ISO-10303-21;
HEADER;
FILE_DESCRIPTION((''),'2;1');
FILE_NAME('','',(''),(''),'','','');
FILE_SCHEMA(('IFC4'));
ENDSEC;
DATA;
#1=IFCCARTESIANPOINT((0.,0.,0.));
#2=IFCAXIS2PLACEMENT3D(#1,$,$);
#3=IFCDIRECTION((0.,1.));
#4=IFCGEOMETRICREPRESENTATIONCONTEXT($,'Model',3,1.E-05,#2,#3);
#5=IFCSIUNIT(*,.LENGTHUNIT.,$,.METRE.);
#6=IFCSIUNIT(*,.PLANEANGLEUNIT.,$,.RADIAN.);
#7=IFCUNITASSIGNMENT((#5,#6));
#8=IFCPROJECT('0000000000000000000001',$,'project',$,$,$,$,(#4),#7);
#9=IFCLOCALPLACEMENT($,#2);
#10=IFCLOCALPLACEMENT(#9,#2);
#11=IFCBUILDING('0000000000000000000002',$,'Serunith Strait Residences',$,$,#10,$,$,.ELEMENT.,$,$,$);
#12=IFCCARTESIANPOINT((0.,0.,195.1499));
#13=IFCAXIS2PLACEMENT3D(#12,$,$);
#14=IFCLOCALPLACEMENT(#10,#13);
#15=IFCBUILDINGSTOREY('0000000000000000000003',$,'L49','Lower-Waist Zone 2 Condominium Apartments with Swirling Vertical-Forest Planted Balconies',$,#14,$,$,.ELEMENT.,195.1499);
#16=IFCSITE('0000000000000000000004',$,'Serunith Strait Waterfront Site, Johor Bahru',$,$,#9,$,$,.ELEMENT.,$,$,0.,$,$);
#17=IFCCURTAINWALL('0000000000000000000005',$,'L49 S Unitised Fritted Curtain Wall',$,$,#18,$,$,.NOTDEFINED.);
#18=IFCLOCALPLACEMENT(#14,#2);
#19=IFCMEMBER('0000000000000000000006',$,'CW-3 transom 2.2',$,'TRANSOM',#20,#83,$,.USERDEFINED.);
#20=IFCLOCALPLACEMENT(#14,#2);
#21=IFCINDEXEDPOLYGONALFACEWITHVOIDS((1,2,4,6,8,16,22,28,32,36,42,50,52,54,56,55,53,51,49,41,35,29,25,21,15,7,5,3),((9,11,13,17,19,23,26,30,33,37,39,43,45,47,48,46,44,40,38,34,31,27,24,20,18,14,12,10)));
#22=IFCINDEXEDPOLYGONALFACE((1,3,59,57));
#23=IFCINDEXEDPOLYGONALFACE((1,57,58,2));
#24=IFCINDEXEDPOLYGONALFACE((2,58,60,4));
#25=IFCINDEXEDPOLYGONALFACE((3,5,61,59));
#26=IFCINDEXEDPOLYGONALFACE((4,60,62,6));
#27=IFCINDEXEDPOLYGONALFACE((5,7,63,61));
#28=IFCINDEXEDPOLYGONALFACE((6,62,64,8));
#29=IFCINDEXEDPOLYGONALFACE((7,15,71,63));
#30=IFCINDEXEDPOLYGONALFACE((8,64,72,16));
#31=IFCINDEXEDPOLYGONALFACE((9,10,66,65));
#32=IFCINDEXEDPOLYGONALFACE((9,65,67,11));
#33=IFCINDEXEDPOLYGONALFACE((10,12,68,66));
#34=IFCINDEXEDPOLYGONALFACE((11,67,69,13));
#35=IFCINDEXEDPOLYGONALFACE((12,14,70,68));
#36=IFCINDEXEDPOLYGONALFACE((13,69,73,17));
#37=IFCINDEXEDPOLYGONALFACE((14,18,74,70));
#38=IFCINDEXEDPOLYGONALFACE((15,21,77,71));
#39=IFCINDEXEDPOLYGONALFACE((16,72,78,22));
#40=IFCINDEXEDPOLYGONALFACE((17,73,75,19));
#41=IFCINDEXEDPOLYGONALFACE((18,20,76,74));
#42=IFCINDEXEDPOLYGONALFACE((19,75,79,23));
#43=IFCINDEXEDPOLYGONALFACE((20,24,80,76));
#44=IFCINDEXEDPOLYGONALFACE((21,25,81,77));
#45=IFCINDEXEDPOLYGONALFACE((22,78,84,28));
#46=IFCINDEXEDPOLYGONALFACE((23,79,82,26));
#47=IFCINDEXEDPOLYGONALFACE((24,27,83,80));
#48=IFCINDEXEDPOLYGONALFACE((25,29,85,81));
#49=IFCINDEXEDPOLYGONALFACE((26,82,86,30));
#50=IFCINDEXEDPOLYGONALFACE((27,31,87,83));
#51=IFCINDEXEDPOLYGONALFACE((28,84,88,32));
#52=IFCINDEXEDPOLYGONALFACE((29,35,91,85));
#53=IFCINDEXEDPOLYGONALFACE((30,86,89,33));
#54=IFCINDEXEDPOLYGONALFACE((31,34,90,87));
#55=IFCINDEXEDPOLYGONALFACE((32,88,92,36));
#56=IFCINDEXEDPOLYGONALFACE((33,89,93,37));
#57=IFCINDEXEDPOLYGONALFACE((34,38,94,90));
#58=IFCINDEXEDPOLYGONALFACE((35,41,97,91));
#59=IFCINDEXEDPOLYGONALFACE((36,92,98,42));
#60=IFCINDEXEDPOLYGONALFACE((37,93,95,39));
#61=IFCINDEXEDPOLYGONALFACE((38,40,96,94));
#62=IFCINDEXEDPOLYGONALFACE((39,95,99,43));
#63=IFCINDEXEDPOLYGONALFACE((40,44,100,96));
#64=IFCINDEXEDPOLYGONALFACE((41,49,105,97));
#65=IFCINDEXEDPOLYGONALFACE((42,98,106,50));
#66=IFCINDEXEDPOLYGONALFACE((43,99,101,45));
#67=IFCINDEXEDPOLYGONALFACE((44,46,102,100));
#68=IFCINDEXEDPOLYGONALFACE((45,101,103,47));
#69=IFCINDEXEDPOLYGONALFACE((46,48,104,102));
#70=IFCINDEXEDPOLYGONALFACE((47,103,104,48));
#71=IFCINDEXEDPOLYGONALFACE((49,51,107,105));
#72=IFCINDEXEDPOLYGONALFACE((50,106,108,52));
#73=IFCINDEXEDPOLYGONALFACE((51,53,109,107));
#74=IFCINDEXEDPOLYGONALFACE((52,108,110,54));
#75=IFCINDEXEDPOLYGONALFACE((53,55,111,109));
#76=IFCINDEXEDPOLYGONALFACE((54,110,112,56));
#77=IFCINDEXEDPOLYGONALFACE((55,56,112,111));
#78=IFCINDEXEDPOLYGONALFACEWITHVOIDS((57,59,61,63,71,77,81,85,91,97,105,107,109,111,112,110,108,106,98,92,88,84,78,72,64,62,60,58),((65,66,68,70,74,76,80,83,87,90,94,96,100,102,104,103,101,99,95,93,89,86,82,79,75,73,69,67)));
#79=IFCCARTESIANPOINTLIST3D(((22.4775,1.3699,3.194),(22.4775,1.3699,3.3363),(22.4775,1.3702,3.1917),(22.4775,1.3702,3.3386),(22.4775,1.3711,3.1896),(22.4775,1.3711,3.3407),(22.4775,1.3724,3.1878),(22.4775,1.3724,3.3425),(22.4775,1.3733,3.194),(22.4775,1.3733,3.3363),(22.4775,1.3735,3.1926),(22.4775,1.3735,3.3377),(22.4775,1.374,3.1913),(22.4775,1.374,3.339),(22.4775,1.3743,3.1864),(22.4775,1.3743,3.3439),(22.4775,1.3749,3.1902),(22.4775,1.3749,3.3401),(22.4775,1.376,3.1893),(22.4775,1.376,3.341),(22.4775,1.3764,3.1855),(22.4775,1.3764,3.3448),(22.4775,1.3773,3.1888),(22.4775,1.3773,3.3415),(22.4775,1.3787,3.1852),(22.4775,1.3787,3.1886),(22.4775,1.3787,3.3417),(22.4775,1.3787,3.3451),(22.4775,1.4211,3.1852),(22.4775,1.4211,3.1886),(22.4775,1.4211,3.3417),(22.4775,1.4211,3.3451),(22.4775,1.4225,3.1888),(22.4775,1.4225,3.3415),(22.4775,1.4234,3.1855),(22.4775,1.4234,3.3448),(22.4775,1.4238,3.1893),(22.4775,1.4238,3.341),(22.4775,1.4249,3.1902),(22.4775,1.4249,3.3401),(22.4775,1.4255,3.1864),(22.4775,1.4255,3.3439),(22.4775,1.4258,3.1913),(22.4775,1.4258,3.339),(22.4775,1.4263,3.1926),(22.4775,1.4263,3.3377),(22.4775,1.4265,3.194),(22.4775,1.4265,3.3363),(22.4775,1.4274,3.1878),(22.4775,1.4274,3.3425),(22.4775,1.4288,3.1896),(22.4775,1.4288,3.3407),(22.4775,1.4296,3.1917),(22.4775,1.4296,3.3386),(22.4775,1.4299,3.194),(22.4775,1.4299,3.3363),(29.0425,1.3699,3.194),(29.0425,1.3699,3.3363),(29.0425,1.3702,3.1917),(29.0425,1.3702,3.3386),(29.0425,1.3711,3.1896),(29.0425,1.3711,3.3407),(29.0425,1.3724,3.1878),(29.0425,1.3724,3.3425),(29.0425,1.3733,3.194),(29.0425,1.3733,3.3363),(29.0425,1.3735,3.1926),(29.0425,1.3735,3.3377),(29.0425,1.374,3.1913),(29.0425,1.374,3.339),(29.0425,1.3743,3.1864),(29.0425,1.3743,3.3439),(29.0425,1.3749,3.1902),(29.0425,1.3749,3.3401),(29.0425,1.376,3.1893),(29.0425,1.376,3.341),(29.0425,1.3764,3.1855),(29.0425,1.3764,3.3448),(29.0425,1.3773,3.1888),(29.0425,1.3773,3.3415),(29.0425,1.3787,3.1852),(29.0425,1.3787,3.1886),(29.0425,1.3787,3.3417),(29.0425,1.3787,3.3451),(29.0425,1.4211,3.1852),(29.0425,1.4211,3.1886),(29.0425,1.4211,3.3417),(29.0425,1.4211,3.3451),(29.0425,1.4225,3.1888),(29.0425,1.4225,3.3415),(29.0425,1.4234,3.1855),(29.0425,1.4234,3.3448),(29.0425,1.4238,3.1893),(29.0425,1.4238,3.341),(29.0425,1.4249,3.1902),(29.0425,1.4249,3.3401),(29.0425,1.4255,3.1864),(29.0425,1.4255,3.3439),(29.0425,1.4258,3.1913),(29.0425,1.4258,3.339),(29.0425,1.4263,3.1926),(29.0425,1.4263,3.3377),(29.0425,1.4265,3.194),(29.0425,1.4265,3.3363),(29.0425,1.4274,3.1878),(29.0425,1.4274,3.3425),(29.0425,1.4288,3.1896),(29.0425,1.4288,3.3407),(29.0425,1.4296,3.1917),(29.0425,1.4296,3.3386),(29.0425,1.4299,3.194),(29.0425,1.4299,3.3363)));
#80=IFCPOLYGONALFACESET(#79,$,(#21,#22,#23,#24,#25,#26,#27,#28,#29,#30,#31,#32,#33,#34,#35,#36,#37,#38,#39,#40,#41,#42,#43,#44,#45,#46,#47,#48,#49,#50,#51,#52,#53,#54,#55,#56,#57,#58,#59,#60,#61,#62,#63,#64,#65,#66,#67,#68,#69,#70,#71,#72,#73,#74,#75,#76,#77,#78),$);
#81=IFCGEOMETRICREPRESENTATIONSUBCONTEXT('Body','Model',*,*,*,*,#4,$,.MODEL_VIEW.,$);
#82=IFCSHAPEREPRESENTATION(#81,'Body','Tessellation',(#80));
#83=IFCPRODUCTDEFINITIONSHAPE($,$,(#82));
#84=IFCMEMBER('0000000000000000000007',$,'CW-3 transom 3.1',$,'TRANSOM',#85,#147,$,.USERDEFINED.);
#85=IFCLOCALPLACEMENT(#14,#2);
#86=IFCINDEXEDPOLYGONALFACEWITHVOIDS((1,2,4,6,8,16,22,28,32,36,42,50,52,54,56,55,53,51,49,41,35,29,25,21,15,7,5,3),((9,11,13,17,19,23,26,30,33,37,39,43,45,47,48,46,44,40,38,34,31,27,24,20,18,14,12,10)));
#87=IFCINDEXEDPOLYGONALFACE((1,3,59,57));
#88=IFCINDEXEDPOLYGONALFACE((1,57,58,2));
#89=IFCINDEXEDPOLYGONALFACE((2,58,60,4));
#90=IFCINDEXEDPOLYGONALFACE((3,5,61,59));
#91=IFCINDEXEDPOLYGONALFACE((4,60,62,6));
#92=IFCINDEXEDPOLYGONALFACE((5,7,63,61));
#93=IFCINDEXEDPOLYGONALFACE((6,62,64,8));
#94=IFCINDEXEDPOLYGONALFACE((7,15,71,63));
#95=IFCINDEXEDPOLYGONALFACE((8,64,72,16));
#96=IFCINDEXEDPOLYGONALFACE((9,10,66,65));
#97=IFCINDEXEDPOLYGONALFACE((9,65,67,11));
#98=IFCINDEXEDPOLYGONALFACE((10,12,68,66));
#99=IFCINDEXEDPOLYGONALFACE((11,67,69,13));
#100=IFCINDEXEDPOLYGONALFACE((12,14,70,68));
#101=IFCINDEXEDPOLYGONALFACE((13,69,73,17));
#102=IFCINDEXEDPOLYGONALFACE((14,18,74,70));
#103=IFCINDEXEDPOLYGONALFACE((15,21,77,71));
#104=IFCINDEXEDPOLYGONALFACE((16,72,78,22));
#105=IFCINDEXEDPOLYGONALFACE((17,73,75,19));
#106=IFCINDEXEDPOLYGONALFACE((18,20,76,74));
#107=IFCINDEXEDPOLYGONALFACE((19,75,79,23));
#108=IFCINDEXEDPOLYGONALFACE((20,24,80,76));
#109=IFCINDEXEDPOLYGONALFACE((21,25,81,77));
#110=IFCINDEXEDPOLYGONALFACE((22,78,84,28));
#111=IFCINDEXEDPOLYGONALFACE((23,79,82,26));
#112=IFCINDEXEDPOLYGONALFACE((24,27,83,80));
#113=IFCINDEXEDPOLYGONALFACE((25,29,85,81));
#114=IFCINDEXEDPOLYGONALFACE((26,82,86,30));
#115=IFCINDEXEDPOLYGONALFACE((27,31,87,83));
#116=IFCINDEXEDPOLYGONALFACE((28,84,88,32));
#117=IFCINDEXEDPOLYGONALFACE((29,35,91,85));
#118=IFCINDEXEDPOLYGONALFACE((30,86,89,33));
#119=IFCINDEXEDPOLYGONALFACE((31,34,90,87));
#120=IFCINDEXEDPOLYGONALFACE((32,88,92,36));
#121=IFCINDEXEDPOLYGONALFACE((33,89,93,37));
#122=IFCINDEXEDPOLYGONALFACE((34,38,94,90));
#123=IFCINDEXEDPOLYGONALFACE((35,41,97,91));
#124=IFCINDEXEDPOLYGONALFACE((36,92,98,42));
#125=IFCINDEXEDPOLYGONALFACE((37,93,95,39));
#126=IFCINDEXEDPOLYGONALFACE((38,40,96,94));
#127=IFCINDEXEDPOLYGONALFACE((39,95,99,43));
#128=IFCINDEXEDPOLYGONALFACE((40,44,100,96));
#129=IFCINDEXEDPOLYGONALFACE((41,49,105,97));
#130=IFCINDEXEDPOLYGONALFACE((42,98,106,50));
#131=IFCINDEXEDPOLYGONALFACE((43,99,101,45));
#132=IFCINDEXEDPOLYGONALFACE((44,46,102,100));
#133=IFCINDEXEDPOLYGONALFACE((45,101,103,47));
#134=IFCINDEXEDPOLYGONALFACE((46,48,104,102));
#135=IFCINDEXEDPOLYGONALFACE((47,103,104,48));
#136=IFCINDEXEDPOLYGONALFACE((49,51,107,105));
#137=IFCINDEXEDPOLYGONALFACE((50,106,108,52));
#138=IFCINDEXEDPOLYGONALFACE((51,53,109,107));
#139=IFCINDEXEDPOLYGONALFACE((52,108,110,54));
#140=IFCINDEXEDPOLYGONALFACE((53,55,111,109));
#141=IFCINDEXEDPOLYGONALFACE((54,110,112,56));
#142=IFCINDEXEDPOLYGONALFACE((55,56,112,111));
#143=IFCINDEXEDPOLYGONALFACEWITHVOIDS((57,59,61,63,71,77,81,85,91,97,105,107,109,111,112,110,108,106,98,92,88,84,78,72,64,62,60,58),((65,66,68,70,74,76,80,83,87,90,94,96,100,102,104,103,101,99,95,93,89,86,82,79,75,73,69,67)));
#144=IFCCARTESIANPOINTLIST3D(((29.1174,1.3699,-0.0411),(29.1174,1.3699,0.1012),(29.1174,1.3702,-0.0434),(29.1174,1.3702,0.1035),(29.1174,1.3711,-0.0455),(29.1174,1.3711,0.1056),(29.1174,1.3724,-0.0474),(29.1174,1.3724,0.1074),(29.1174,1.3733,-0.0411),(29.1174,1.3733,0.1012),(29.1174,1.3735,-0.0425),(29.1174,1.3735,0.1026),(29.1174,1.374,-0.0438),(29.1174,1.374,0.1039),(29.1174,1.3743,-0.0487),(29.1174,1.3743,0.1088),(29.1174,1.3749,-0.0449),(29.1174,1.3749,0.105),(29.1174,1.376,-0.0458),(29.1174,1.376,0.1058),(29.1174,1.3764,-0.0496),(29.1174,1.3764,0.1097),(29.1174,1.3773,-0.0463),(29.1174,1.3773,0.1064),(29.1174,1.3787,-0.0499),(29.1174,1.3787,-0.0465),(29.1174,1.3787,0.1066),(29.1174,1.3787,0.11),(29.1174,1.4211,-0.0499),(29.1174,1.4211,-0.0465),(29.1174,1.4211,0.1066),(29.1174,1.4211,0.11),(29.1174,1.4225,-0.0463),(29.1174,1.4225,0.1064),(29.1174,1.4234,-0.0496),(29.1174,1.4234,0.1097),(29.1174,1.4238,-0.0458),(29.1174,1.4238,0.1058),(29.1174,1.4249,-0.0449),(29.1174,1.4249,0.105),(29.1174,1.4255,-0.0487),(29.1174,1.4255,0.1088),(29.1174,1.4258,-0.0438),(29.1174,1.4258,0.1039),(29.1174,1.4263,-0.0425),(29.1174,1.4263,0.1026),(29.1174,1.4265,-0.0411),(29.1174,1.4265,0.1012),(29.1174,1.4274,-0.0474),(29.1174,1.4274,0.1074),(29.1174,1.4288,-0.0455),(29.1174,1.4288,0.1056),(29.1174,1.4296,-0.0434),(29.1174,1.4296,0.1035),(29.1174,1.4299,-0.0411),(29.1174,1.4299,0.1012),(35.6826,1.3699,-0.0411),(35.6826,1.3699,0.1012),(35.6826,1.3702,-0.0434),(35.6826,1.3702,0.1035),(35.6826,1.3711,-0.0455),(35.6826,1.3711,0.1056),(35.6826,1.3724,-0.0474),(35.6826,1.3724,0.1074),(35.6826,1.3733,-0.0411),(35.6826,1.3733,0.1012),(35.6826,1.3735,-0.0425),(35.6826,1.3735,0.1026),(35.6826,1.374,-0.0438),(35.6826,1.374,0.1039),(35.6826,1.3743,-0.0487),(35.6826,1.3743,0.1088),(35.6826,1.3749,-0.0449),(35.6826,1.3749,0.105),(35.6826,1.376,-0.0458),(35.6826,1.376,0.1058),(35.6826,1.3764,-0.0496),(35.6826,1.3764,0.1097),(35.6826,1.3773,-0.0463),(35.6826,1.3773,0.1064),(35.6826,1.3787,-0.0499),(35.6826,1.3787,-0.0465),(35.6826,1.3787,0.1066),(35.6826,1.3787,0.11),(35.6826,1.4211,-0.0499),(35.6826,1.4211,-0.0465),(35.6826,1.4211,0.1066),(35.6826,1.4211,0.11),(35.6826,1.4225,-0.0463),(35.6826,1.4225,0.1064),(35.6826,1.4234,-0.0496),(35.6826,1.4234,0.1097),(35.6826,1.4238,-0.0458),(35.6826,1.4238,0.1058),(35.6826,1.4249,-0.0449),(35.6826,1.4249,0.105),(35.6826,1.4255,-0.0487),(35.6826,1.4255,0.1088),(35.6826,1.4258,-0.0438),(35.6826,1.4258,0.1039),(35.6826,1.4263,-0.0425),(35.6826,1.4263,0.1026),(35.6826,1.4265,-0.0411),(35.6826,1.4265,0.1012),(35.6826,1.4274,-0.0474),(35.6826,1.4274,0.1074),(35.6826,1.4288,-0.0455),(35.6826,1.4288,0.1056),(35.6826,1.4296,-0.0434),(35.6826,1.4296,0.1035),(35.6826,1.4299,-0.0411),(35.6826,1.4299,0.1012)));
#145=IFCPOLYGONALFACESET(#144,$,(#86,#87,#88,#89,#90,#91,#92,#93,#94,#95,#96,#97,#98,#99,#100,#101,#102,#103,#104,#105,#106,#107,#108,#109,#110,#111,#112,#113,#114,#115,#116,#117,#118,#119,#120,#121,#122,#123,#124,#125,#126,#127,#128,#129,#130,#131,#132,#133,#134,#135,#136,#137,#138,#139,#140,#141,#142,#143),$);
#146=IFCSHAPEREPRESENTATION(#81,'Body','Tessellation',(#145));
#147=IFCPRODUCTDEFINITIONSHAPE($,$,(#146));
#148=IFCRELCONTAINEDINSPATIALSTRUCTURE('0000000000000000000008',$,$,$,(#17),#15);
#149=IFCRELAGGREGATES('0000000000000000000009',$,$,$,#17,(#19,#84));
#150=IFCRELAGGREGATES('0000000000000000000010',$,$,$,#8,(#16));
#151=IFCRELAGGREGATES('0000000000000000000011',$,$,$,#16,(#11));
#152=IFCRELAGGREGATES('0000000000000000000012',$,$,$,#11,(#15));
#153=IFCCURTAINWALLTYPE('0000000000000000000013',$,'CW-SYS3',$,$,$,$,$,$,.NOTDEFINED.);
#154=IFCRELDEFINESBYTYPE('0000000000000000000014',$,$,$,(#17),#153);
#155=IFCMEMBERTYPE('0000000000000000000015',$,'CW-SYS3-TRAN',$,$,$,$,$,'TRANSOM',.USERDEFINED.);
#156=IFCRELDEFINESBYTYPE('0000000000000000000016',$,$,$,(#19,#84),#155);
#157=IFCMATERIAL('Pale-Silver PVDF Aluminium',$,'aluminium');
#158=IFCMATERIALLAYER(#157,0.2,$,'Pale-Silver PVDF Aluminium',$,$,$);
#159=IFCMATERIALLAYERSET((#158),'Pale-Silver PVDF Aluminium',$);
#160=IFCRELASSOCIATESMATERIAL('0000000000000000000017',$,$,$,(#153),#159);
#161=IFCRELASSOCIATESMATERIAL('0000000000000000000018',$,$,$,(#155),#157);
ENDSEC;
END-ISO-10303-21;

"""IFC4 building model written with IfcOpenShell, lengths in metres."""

from ifc_helpers import new_model, si_unit, direction, frame, origin, origin_2d, place, context, subcontext, project, spatial, hollow_rectangle, extrude, source, transform, mapped, material, layer, layer_set, material_profile, profile_set, type_object, element, aggregate, save


model = new_model("IFC4")

# Units and contexts
model_context = context("Model", 3, precision=1e-05, world=origin(), true_north=direction((0.0, 1.0)))
body_context = subcontext(model_context, "Body", "Model", "MODEL_VIEW")
ifc_project = project(units=[si_unit("LENGTHUNIT", "METRE"), si_unit("PLANEANGLEUNIT", "RADIAN")], contexts=[model_context])

# Site, building, storey
site_placement = place(None, origin())
site = spatial("IfcSite", under=ifc_project, at=site_placement, Name="Serunith Strait Waterfront Site, Johor Bahru", CompositionType="ELEMENT", RefElevation=0.0)
building_placement = place(site_placement, origin())
building = spatial("IfcBuilding", under=site, at=building_placement, Name="Serunith Strait Residences", CompositionType="ELEMENT")
storey_placement = place(building_placement, frame((0.0, 0.0, 195.1499)))
storey = spatial("IfcBuildingStorey", under=building, at=storey_placement, Name="L49", Description="Lower-Waist Zone 2 Condominium Apartments with Swirling Vertical-Forest Planted Balconies", CompositionType="ELEMENT", Elevation=195.1499)

# Curtain wall, members
ifc_material_1 = material(Name="Pale-Silver PVDF Aluminium", Category="aluminium")
ifc_layer_1 = layer(ifc_material_1, 0.2, Name="Pale-Silver PVDF Aluminium")
ifc_layer_set_1 = layer_set([ifc_layer_1], Name="Pale-Silver PVDF Aluminium")
curtain_wall_type = type_object("IfcCurtainWallType", Name="CW-SYS3", PredefinedType="NOTDEFINED", material=ifc_layer_set_1)
curtain_wall_placement = place(storey_placement, origin())
curtain_wall = element("IfcCurtainWall", 1, at=curtain_wall_placement, inside=storey, type_object=curtain_wall_type, Name="L49 S Unitised Fritted Curtain Wall", PredefinedType="NOTDEFINED")
ifc_material_profile_1 = material_profile(ifc_material_1, hollow_rectangle(XDim=0.0601, YDim=0.1599, WallThickness=0.0034, InnerFilletRadius=0.0054, OuterFilletRadius=0.0088, at=origin_2d()), Name="ALU 160x60x3.5")
ifc_profile_set_1 = profile_set([ifc_material_profile_1], Name="Pale-Silver PVDF Aluminium")
member_type_1 = type_object("IfcMemberType", Name="CW-SYS3-TRAN", ElementType="TRANSOM", PredefinedType="USERDEFINED", material=ifc_profile_set_1)
shared_shape_1 = source(origin(), body_context, "Body", "SweptSolid", [
    extrude(hollow_rectangle(XDim=0.0601, YDim=0.1599, WallThickness=0.0034, InnerFilletRadius=0.0054, OuterFilletRadius=0.0088, at=origin_2d()), origin(), (0.0, 0.0, 1.0), 6.5649),
])
member_1_placement = place(storey_placement, frame((22.4775, 1.3999, 3.2651), z_axis=(1.0, 0.0, 0.0), x_axis=(0.0, 1.0, 0.0)))
member_1 = element("IfcMember", 2, at=member_1_placement, type_object=member_type_1, Name="CW-3 transom 2.2", ObjectType="TRANSOM", PredefinedType="USERDEFINED", context=body_context, shape_type="MappedRepresentation", body=[
    mapped(shared_shape_1, transform((0.0, 0.0, 0.0), scale=1.0)),
])
shared_shape_2 = source(origin(), body_context, "Body", "SweptSolid", [
    extrude(hollow_rectangle(XDim=0.0601, YDim=0.1599, WallThickness=0.0034, InnerFilletRadius=0.0054, OuterFilletRadius=0.0088, at=origin_2d()), origin(), (0.0, 0.0, 1.0), 6.5652),
])
member_2_placement = place(storey_placement, frame((29.1174, 1.3999, 0.03), z_axis=(1.0, 0.0, 0.0), x_axis=(0.0, 1.0, 0.0)))
member_2 = element("IfcMember", 3, at=member_2_placement, type_object=member_type_1, Name="CW-3 transom 3.1", ObjectType="TRANSOM", PredefinedType="USERDEFINED", context=body_context, shape_type="MappedRepresentation", body=[
    mapped(shared_shape_2, transform((0.0, 0.0, 0.0), scale=1.0)),
])
aggregate(curtain_wall, [member_1, member_2])

save(model, "model.ifc")
